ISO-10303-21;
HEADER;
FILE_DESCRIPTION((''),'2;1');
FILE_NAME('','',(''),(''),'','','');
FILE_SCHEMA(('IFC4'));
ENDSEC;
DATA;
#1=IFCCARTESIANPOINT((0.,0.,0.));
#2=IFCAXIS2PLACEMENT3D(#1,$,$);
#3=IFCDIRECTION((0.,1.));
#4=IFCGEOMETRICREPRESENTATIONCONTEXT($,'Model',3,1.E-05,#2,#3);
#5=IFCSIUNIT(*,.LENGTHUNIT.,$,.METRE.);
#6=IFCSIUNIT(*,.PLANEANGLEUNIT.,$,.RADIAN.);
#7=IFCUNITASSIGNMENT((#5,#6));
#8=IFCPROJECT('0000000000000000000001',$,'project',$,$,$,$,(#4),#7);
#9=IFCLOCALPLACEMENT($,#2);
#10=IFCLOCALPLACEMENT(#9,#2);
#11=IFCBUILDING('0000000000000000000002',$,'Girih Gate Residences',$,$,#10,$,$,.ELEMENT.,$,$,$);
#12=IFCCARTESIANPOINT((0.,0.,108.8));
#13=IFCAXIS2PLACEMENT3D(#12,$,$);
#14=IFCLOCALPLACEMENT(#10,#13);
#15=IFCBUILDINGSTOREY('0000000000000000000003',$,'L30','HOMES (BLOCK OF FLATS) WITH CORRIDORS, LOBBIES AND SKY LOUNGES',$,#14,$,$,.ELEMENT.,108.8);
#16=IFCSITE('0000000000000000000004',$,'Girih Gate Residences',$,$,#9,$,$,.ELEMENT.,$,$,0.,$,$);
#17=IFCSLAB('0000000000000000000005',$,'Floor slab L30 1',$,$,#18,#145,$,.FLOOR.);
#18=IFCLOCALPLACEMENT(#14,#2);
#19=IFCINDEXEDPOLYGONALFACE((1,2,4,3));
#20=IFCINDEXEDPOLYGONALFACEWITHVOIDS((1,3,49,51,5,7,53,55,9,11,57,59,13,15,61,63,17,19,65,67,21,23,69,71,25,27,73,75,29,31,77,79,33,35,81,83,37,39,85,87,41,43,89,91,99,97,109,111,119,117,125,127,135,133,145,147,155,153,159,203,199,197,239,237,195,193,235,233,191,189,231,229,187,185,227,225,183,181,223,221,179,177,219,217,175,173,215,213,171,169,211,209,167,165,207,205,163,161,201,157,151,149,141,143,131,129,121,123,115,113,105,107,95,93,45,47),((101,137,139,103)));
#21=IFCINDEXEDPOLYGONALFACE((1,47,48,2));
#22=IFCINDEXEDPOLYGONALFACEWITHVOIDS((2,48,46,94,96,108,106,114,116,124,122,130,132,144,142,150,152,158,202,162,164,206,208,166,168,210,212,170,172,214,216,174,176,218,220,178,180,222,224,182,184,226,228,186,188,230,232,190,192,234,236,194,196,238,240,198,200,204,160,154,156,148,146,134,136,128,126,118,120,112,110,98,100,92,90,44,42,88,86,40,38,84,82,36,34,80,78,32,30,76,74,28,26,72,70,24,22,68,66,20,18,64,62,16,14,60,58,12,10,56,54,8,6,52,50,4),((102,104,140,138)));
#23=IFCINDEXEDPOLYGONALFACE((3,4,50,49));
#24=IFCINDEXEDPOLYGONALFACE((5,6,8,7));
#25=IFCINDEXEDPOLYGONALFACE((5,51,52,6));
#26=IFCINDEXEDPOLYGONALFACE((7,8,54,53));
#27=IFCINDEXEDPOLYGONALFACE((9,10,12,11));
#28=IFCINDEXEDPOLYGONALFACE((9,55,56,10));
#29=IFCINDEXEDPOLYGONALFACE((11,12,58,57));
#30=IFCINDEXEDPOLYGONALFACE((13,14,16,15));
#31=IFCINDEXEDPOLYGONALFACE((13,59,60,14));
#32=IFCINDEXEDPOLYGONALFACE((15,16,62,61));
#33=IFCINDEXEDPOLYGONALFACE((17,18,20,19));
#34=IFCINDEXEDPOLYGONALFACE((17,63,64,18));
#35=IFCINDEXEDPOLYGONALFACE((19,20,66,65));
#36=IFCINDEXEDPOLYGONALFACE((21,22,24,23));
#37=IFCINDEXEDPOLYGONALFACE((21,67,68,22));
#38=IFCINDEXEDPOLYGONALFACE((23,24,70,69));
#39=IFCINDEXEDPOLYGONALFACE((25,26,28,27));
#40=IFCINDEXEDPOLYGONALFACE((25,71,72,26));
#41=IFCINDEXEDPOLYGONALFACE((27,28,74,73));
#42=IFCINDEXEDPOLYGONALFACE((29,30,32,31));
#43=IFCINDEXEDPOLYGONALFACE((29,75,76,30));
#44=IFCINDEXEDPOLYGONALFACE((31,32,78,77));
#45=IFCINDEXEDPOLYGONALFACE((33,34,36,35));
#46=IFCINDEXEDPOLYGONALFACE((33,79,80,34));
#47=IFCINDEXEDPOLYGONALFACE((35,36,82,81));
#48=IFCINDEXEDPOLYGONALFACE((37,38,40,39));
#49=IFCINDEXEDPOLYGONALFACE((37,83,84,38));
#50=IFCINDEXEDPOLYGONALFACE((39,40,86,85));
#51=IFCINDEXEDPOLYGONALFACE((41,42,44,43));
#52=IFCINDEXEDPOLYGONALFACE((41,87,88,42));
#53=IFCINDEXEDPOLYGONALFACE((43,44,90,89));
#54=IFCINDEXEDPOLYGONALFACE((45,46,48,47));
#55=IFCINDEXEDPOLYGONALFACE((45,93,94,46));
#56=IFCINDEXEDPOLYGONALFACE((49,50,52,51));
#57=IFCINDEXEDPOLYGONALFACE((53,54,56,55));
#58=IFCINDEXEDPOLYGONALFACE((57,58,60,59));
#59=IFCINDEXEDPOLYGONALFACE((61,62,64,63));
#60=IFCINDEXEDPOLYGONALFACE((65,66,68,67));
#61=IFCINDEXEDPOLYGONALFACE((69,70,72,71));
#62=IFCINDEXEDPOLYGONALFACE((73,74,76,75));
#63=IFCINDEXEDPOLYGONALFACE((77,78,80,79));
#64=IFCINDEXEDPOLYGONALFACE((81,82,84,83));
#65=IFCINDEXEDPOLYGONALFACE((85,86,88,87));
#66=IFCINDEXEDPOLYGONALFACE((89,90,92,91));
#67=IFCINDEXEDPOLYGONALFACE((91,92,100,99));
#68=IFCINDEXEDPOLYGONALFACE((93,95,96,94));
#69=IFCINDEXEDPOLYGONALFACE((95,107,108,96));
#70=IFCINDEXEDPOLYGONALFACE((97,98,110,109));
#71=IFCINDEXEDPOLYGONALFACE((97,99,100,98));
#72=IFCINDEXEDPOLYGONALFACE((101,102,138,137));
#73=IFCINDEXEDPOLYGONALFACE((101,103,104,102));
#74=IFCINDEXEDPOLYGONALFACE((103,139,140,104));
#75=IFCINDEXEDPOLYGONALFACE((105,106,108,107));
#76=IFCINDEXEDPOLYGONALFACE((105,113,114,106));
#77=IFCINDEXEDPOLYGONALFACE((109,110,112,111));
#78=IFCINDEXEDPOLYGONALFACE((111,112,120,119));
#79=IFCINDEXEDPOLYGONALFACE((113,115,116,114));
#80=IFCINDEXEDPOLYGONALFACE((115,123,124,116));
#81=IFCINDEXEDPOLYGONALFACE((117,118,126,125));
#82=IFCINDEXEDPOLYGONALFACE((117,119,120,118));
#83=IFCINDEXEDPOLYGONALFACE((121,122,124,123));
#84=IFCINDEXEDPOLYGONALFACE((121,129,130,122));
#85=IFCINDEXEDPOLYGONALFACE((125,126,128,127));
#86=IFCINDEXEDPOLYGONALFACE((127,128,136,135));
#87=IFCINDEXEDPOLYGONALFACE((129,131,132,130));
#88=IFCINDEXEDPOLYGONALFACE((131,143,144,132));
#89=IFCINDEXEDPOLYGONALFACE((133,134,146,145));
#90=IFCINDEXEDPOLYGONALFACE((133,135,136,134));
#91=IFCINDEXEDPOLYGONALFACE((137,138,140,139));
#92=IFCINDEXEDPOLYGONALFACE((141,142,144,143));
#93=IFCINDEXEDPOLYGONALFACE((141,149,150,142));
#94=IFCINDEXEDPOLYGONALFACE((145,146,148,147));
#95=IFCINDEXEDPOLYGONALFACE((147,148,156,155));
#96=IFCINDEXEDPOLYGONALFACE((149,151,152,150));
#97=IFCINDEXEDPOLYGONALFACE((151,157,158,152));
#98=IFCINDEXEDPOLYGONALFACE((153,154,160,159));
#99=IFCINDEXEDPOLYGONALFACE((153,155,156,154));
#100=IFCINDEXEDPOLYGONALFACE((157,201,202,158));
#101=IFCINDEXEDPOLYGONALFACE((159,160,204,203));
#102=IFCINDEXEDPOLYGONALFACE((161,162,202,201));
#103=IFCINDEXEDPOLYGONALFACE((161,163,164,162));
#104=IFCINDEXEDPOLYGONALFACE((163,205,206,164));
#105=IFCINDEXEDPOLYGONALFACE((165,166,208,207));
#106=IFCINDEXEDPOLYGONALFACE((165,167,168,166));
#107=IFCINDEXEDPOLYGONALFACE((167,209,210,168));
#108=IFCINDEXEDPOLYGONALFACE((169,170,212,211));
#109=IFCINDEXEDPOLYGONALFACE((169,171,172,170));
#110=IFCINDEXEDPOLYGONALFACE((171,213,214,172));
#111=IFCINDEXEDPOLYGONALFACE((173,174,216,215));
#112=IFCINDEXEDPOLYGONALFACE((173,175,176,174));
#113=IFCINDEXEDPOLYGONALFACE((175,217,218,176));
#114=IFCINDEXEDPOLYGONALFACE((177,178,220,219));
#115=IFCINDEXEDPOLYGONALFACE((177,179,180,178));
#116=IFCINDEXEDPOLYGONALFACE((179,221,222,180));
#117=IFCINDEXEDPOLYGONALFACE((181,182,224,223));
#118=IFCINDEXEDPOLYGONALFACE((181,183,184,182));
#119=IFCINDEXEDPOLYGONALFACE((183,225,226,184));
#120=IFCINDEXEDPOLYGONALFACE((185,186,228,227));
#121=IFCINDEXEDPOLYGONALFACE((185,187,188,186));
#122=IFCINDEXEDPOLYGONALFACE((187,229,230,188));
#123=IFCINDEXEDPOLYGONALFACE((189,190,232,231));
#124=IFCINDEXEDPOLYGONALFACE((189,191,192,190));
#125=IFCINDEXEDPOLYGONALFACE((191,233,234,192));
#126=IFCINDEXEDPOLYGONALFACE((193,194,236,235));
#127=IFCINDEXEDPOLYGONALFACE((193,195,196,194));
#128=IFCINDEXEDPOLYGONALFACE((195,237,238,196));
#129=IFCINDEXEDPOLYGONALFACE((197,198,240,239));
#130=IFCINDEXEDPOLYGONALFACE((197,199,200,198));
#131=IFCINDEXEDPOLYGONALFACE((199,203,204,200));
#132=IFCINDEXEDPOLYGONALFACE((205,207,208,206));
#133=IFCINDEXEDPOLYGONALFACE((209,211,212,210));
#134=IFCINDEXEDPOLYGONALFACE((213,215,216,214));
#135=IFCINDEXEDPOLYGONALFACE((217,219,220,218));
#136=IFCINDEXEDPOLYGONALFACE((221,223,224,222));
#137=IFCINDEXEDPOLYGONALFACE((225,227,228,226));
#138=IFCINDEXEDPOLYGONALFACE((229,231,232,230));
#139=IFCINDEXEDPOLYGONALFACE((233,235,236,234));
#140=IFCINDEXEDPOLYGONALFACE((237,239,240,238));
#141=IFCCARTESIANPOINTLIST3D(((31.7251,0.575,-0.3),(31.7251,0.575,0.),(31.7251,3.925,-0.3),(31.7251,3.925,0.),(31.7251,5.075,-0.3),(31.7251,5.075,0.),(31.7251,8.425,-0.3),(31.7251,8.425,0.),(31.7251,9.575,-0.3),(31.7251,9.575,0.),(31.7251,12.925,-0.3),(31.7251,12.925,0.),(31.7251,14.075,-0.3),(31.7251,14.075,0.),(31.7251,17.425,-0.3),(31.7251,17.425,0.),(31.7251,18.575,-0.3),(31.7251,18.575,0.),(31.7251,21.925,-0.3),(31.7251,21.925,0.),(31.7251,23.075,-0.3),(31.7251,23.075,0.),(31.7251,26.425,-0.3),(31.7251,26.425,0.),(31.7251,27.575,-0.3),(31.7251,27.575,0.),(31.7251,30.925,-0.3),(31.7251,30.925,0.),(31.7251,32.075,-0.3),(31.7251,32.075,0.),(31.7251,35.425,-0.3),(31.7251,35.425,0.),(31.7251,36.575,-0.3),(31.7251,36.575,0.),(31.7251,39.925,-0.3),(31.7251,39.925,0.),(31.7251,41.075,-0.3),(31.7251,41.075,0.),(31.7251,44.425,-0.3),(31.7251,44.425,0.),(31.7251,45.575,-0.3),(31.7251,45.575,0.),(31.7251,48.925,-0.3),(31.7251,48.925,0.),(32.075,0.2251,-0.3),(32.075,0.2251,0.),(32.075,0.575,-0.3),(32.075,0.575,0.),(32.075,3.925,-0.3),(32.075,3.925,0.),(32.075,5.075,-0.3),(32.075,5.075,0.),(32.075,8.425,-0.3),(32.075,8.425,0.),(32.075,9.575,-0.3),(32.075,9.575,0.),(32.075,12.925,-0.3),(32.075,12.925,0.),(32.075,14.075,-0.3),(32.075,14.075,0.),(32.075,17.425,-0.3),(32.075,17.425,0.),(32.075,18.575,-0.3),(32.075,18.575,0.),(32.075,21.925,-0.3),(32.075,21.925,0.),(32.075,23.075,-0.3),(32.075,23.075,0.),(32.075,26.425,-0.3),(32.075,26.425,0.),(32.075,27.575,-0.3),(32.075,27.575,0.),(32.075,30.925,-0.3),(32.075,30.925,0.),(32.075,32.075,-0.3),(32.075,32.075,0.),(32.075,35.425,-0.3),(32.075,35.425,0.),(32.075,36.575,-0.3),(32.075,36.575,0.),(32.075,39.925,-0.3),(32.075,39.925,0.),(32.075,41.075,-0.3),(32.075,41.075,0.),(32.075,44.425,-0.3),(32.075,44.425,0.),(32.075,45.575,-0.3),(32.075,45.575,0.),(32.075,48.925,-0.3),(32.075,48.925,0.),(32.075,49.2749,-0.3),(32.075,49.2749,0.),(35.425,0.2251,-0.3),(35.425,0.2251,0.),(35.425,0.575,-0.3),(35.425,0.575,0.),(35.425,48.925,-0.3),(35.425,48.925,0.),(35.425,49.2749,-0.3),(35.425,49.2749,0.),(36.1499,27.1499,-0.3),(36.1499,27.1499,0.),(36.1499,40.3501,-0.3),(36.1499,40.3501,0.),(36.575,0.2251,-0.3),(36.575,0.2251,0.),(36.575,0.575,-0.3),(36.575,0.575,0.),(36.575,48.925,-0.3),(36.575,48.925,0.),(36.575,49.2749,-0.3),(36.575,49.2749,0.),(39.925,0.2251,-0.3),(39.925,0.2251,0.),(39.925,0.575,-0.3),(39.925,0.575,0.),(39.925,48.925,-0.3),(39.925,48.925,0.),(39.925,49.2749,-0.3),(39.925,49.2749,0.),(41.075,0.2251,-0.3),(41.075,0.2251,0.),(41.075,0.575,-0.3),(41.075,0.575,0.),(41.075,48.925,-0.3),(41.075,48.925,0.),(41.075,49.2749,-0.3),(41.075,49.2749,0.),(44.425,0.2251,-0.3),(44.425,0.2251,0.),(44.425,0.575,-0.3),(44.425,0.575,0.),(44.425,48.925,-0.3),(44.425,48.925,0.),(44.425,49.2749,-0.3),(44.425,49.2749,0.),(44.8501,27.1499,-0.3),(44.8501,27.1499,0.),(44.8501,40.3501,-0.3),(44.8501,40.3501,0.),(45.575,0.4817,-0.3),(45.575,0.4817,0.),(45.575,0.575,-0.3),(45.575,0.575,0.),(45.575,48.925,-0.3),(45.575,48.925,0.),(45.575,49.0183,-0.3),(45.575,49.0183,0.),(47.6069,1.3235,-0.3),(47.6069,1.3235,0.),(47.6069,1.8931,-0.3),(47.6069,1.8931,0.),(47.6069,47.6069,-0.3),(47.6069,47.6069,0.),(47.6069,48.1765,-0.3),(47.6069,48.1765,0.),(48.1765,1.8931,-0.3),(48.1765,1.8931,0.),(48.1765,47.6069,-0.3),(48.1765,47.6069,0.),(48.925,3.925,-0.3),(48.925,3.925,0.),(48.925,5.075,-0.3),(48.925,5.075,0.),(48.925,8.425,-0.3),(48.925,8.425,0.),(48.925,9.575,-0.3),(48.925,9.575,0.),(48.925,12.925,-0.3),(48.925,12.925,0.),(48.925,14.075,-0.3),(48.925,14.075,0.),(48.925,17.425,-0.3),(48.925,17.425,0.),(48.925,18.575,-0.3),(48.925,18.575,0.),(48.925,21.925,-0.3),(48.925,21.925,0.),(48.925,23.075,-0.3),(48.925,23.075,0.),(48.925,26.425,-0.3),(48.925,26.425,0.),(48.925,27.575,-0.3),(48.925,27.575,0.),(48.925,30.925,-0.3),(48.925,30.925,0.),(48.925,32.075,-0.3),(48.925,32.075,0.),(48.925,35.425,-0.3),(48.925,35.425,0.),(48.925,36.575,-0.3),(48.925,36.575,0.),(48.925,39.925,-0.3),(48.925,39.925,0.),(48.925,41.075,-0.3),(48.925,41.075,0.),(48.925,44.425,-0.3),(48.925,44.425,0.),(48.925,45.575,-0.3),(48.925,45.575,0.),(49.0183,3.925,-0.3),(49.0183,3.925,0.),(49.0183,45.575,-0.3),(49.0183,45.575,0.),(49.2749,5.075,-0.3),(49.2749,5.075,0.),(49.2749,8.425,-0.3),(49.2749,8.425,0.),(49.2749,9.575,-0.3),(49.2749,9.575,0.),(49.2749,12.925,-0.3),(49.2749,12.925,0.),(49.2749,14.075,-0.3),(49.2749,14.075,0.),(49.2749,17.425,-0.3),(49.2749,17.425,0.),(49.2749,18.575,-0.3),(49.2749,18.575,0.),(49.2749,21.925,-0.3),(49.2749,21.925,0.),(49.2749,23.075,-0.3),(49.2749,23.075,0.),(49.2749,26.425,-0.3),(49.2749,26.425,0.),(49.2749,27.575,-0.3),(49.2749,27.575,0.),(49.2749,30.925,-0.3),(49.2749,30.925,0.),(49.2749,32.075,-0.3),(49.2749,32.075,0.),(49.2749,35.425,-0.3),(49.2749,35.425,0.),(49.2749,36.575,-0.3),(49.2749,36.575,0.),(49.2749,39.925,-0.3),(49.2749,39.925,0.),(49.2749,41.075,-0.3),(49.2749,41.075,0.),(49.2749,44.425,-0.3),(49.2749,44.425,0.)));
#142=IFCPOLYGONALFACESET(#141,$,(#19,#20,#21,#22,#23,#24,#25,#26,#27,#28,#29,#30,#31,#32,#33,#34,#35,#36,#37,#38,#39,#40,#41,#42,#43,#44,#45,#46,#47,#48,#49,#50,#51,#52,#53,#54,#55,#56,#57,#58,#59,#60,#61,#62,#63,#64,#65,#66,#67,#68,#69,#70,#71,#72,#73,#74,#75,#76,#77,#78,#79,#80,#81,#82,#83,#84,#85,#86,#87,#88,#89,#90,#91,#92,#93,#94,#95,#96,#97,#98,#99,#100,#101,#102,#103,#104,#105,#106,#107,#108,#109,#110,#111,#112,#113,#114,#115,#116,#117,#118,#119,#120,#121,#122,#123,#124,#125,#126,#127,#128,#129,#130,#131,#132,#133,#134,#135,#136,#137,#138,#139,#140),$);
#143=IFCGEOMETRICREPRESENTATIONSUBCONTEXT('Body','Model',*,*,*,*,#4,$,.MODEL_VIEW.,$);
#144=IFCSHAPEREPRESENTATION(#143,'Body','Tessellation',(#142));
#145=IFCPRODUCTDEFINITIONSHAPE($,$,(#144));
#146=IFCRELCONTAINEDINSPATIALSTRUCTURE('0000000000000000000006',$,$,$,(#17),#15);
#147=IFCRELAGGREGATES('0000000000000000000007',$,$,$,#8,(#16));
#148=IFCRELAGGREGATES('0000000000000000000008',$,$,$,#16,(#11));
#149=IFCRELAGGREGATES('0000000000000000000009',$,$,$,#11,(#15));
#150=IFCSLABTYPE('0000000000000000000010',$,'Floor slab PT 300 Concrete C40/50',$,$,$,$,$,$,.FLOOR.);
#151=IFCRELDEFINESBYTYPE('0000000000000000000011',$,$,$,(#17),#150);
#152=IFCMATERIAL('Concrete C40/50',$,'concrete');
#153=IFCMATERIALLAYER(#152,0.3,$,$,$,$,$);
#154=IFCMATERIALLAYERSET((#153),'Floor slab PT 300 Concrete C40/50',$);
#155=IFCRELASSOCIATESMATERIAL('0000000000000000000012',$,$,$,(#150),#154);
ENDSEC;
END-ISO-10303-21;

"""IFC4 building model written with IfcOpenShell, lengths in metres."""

from ifc_helpers import new_model, si_unit, direction, frame, origin, place, context, subcontext, project, spatial, polyline, outline, extrude, material, layer, layer_set, type_object, element, save


model = new_model("IFC4")

# Units and contexts
model_context = context("Model", 3, precision=1e-05, world=origin(), true_north=direction((0.0, 1.0)))
body_context = subcontext(model_context, "Body", "Model", "MODEL_VIEW")
ifc_project = project(units=[si_unit("LENGTHUNIT", "METRE"), si_unit("PLANEANGLEUNIT", "RADIAN")], contexts=[model_context])

# Site, building, storey
site_placement = place(None, origin())
site = spatial("IfcSite", under=ifc_project, at=site_placement, Name="Girih Gate Residences", CompositionType="ELEMENT", RefElevation=0.0)
building_placement = place(site_placement, origin())
building = spatial("IfcBuilding", under=site, at=building_placement, Name="Girih Gate Residences", CompositionType="ELEMENT")
storey_placement = place(building_placement, frame((0.0, 0.0, 108.8)))
storey = spatial("IfcBuildingStorey", under=building, at=storey_placement, Name="L30", Description="HOMES (BLOCK OF FLATS) WITH CORRIDORS, LOBBIES AND SKY LOUNGES", CompositionType="ELEMENT", Elevation=108.8)

# Slab
ifc_material_1 = material(Name="Concrete C40/50", Category="concrete")
ifc_layer_1 = layer(ifc_material_1, 0.3)
ifc_layer_set_1 = layer_set([ifc_layer_1], Name="Floor slab PT 300 Concrete C40/50")
slab_type_1 = type_object("IfcSlabType", Name="Floor slab PT 300 Concrete C40/50", PredefinedType="FLOOR", material=ifc_layer_set_1)
slab_1_placement = place(storey_placement, frame((0.0, 0.0, -0.3)))
element("IfcSlab", 1, at=slab_1_placement, inside=storey, type_object=slab_type_1, Name="Floor slab L30 1", PredefinedType="FLOOR", context=body_context, shape_type="SweptSolid", body=[
    extrude(outline(polyline([(35.425, 49.2749), (32.075, 49.2749), (32.075, 48.925), (31.7251, 48.925), (31.7251, 45.575), (32.075, 45.575), (32.075, 44.425), (31.7251, 44.425), (31.7251, 41.075), (32.075, 41.075), (32.075, 39.925), (31.7251, 39.925), (31.7251, 36.575), (32.075, 36.575), (32.075, 35.425), (31.7251, 35.425), (31.7251, 32.075), (32.075, 32.075), (32.075, 30.925), (31.7251, 30.925), (31.7251, 27.575), (32.075, 27.575), (32.075, 26.425), (31.7251, 26.425), (31.7251, 23.075), (32.075, 23.075), (32.075, 21.925), (31.7251, 21.925), (31.7251, 18.575), (32.075, 18.575), (32.075, 17.425), (31.7251, 17.425), (31.7251, 14.075), (32.075, 14.075), (32.075, 12.925), (31.7251, 12.925), (31.7251, 9.575), (32.075, 9.575), (32.075, 8.425), (31.7251, 8.425), (31.7251, 5.075), (32.075, 5.075), (32.075, 3.925), (31.7251, 3.925), (31.7251, 0.575), (32.075, 0.575), (32.075, 0.2251), (35.425, 0.2251), (35.425, 0.575), (36.575, 0.575), (36.575, 0.2251), (39.925, 0.2251), (39.925, 0.575), (41.075, 0.575), (41.075, 0.2251), (44.425, 0.2251), (44.425, 0.575), (45.575, 0.575), (45.575, 0.4817), (47.6069, 1.3235), (47.6069, 1.8931), (48.1765, 1.8931), (49.0183, 3.925), (48.925, 3.925), (48.925, 5.075), (49.2749, 5.075), (49.2749, 8.425), (48.925, 8.425), (48.925, 9.575), (49.2749, 9.575), (49.2749, 12.925), (48.925, 12.925), (48.925, 14.075), (49.2749, 14.075), (49.2749, 17.425), (48.925, 17.425), (48.925, 18.575), (49.2749, 18.575), (49.2749, 21.925), (48.925, 21.925), (48.925, 23.075), (49.2749, 23.075), (49.2749, 26.425), (48.925, 26.425), (48.925, 27.575), (49.2749, 27.575), (49.2749, 30.925), (48.925, 30.925), (48.925, 32.075), (49.2749, 32.075), (49.2749, 35.425), (48.925, 35.425), (48.925, 36.575), (49.2749, 36.575), (49.2749, 39.925), (48.925, 39.925), (48.925, 41.075), (49.2749, 41.075), (49.2749, 44.425), (48.925, 44.425), (48.925, 45.575), (49.0183, 45.575), (48.1765, 47.6069), (47.6069, 47.6069), (47.6069, 48.1765), (45.575, 49.0183), (45.575, 48.925), (44.425, 48.925), (44.425, 49.2749), (41.075, 49.2749), (41.075, 48.925), (39.925, 48.925), (39.925, 49.2749), (36.575, 49.2749), (36.575, 48.925), (35.425, 48.925), (35.425, 49.2749)]), holes=[polyline([(44.8501, 40.3501), (44.8501, 27.1499), (36.1499, 27.1499), (36.1499, 40.3501), (44.8501, 40.3501)])]), origin(), (0.0, 0.0, 1.0), 0.3),
])

save(model, "model.ifc")
